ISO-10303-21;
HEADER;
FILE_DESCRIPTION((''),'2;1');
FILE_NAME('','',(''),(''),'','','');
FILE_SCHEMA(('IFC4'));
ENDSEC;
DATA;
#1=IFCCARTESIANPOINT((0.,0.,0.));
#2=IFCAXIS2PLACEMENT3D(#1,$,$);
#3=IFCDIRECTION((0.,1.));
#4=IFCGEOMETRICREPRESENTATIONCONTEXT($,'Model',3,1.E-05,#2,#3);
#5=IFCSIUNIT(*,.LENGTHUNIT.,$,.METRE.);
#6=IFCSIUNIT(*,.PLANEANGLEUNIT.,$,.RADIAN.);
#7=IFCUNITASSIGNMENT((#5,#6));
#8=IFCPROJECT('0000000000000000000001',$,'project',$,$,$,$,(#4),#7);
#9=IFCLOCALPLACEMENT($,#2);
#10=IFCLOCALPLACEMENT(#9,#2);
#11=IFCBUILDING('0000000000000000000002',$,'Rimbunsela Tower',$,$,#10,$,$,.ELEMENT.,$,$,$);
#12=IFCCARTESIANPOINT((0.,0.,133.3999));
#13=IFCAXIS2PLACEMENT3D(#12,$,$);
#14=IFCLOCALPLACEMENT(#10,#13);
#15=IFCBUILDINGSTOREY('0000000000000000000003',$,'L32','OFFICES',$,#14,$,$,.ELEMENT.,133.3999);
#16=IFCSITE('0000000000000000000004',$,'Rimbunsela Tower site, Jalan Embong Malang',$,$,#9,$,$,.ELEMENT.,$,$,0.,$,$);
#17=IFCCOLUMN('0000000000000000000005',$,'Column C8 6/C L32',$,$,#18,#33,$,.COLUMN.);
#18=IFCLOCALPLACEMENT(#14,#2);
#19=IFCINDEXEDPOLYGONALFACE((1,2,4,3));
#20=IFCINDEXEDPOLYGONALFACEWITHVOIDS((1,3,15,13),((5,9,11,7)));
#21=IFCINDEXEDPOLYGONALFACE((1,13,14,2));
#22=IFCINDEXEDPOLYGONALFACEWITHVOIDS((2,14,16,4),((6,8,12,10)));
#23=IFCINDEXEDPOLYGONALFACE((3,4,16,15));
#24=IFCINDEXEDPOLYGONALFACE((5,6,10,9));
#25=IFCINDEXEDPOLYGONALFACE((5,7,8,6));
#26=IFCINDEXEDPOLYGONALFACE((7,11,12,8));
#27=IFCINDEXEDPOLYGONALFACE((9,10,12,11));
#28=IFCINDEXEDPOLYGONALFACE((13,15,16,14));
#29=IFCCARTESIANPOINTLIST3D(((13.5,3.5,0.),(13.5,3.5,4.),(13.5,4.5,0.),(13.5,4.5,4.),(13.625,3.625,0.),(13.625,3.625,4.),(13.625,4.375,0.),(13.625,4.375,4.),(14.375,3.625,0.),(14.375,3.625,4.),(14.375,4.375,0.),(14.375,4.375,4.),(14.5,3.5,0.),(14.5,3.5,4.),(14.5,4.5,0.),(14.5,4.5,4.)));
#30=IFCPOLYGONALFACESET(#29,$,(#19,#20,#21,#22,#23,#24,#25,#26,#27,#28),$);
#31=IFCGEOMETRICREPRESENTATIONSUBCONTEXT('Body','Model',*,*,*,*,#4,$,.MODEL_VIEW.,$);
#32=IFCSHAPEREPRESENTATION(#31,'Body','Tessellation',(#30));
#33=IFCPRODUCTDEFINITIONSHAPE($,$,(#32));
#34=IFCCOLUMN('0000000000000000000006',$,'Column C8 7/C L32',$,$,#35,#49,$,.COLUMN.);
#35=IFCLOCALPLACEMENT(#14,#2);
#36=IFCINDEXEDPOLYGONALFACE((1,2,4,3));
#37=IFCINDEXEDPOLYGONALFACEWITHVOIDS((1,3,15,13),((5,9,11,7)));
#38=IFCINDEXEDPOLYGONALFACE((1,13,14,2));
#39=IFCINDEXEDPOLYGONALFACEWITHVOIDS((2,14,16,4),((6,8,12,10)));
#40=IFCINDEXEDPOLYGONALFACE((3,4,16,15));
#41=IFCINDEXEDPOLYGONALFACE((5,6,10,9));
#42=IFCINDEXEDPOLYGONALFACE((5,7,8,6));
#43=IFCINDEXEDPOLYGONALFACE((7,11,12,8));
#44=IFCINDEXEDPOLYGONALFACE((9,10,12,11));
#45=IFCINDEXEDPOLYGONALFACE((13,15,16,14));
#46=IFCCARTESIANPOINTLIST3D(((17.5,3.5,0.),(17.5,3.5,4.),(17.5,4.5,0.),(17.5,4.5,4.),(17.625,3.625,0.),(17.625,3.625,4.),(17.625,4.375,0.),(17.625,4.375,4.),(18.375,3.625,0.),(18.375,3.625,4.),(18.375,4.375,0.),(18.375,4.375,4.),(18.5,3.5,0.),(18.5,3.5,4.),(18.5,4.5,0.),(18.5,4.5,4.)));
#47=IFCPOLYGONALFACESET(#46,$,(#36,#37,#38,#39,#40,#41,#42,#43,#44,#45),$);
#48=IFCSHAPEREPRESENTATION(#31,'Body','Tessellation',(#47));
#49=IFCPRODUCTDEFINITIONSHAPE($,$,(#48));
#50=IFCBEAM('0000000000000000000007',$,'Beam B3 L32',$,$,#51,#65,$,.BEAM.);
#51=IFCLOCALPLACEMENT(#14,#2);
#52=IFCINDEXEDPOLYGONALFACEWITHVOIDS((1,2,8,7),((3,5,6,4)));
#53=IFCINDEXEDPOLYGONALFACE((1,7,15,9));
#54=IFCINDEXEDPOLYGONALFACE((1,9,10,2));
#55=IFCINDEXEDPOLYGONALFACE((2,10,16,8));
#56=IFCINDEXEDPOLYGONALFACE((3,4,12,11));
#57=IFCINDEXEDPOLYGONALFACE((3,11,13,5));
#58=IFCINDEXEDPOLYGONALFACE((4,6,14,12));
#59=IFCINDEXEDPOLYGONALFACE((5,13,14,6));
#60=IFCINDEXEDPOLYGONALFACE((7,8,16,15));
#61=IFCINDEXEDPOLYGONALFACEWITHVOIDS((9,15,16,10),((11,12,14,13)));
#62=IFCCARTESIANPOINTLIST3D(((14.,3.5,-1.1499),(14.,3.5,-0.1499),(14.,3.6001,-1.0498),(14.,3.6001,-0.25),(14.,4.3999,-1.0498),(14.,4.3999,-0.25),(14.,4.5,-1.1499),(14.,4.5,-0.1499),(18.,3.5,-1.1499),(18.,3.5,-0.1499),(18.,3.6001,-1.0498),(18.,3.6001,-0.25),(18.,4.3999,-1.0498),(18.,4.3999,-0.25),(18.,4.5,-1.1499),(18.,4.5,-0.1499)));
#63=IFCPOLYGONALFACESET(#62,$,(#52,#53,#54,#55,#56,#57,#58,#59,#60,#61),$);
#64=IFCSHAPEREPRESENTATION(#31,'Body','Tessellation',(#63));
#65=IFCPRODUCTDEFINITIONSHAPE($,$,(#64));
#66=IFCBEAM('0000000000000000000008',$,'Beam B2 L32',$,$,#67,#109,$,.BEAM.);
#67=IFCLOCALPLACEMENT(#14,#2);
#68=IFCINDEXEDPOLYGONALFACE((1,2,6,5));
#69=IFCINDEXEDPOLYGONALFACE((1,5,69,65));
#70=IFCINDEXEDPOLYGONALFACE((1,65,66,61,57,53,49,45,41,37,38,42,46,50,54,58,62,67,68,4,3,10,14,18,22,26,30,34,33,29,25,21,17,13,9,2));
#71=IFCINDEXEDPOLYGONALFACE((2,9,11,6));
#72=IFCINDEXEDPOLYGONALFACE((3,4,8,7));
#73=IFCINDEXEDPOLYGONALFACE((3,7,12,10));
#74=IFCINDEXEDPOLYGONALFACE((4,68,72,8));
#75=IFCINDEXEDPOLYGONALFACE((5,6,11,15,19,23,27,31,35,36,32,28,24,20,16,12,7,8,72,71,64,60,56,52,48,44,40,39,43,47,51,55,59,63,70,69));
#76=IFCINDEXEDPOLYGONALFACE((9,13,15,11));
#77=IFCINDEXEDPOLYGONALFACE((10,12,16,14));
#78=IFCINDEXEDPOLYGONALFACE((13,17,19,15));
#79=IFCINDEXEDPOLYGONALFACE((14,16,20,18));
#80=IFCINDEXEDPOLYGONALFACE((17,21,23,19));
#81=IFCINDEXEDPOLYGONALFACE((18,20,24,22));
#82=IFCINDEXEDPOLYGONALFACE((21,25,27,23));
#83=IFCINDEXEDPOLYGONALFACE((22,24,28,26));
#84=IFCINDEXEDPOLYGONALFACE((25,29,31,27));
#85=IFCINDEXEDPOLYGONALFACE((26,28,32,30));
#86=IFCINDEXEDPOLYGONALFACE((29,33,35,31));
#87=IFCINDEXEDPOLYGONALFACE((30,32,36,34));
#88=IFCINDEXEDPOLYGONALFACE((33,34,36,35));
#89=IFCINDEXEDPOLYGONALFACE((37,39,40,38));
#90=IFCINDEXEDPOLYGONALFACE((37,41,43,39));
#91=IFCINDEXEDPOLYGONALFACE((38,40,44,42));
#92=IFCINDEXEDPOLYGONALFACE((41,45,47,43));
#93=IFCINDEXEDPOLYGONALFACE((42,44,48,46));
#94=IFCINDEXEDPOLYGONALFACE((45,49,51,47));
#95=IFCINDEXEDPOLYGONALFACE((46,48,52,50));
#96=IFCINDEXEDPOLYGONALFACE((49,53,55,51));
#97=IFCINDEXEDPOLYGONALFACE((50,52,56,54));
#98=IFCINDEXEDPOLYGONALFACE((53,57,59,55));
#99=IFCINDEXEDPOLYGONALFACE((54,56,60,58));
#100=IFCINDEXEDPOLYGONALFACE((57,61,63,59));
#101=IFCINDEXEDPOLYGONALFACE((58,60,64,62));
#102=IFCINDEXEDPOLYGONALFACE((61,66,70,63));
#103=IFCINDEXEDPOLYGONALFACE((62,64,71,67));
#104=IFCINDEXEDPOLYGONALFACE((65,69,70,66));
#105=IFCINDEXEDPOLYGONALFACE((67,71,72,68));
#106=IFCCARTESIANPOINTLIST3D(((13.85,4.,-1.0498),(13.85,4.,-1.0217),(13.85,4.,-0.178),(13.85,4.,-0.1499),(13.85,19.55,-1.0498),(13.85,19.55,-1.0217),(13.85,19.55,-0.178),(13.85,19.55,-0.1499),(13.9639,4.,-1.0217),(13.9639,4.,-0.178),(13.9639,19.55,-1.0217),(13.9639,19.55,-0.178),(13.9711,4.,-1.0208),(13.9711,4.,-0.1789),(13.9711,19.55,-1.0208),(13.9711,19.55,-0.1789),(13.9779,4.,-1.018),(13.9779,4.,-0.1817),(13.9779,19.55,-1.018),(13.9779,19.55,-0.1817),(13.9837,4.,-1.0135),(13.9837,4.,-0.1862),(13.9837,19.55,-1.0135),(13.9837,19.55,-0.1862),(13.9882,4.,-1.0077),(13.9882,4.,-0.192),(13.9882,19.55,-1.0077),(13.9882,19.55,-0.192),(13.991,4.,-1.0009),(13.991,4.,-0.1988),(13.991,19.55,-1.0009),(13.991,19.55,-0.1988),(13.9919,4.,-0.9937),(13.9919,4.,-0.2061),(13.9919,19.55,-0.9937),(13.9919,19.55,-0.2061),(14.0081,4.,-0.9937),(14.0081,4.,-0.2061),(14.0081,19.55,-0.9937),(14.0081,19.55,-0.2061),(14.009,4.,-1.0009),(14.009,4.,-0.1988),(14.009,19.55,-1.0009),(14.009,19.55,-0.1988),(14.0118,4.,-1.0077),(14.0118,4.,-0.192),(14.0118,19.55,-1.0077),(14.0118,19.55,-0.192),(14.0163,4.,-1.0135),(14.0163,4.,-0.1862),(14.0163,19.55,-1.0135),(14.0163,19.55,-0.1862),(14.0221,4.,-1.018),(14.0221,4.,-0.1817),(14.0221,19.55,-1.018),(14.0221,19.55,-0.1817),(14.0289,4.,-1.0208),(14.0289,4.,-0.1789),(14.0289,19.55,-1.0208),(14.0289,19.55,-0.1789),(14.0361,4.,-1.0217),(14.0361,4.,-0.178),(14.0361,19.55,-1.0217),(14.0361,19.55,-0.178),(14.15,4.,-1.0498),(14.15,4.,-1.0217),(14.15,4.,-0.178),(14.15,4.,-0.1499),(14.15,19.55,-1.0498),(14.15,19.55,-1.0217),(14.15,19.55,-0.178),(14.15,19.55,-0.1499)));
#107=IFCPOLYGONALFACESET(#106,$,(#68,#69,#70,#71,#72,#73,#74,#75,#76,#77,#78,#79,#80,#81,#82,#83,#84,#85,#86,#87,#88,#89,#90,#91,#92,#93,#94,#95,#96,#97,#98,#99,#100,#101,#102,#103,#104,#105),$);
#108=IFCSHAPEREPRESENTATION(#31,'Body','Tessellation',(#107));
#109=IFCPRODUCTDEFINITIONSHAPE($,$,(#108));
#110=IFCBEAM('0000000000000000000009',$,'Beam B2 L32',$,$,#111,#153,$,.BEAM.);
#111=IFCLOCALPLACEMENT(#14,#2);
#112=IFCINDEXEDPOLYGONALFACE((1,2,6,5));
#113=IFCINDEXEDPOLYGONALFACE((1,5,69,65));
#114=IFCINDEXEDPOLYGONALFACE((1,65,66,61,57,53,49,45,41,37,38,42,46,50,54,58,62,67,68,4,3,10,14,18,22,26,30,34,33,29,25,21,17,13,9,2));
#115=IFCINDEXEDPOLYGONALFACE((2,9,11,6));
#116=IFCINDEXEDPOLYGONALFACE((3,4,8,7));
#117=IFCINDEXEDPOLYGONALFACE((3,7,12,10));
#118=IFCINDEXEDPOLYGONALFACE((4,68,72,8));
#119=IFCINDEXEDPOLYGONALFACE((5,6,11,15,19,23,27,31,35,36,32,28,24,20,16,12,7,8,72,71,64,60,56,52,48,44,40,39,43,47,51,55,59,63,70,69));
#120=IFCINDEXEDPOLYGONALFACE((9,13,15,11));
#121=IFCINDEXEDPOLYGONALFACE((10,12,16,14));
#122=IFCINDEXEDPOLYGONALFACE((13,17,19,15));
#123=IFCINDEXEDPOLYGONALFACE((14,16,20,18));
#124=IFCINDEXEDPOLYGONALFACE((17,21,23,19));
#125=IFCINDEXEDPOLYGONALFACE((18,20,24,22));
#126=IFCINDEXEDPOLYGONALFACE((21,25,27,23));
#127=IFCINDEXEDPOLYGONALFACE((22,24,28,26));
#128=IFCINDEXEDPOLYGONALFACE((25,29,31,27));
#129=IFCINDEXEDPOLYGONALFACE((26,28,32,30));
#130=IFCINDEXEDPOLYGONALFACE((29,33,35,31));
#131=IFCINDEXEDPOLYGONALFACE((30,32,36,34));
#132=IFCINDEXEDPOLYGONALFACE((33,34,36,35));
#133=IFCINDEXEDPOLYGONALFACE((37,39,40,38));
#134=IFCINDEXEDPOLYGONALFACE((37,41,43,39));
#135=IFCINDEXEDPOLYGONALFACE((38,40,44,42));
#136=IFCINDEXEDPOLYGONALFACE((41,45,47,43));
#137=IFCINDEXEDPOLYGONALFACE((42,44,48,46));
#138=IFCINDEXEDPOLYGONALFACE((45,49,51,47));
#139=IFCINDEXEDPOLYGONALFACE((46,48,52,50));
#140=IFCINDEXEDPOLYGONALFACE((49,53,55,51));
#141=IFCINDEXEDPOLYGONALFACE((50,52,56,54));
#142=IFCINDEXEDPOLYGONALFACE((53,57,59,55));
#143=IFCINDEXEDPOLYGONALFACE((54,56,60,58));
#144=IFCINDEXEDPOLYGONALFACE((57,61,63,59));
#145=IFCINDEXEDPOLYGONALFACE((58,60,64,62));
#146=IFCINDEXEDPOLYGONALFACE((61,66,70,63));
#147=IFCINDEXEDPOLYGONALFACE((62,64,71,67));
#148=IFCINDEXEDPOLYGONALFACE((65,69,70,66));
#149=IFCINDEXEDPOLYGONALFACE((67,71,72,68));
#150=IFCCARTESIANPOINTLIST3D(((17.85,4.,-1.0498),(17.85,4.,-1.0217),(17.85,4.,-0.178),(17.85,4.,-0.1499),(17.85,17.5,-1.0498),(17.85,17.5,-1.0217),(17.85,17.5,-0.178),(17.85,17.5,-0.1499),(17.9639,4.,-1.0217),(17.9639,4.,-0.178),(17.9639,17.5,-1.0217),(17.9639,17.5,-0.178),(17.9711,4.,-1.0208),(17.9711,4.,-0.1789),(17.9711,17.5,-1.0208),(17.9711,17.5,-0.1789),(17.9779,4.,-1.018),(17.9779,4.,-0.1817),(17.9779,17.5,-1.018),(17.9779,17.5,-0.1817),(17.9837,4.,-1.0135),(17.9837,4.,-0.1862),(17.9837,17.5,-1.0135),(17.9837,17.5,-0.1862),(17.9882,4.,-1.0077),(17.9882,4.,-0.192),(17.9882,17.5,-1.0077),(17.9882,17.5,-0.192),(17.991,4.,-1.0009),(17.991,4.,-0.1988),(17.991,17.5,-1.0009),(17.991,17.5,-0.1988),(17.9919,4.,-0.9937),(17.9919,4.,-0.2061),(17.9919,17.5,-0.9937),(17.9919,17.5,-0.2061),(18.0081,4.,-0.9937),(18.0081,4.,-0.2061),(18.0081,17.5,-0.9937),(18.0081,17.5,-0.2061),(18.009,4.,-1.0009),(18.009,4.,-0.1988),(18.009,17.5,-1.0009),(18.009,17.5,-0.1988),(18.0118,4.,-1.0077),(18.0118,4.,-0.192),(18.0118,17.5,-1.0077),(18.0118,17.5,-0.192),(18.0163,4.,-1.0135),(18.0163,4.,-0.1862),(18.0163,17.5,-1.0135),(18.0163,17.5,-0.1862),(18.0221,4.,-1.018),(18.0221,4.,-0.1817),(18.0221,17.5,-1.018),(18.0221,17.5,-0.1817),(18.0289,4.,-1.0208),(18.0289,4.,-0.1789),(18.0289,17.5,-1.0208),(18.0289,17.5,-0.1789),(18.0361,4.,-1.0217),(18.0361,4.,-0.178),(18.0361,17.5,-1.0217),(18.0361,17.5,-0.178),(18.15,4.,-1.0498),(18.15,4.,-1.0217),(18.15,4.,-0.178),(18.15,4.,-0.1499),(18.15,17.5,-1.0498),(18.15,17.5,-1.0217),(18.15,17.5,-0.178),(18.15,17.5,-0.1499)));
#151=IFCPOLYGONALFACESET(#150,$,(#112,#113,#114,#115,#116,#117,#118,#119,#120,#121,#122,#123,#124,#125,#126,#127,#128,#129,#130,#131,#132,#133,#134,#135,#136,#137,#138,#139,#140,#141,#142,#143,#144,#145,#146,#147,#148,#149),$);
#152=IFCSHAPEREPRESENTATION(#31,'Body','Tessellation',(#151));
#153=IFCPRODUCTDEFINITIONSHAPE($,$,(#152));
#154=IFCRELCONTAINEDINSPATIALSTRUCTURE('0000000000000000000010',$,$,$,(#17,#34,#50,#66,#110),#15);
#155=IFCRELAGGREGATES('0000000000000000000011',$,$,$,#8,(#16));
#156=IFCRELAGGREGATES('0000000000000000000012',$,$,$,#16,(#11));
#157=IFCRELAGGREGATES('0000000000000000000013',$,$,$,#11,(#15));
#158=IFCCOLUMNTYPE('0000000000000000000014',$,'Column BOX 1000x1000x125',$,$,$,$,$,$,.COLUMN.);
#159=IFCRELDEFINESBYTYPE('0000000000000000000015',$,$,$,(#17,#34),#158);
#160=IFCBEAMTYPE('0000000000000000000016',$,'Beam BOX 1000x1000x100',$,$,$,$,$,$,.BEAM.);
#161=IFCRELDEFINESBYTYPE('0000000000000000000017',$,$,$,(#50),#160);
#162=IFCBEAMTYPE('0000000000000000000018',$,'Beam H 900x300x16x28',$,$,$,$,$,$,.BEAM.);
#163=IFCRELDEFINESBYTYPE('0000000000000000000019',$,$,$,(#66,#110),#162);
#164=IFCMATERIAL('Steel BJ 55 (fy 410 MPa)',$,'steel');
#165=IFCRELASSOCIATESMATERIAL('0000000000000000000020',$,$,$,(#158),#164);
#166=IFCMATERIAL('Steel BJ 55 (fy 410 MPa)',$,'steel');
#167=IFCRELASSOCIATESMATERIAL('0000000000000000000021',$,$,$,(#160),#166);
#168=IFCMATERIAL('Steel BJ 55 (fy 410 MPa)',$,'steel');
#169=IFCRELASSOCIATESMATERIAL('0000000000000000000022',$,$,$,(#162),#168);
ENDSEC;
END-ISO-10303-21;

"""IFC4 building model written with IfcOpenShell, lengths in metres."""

from ifc_helpers import new_model, si_unit, direction, frame, origin, origin_2d, place, context, subcontext, project, spatial, hollow_rectangle, i_section, extrude, material, material_profile, profile_set, type_object, element, save


model = new_model("IFC4")

# Units and contexts
model_context = context("Model", 3, precision=1e-05, world=origin(), true_north=direction((0.0, 1.0)))
body_context = subcontext(model_context, "Body", "Model", "MODEL_VIEW")
ifc_project = project(units=[si_unit("LENGTHUNIT", "METRE"), si_unit("PLANEANGLEUNIT", "RADIAN")], contexts=[model_context])

# Site, building, storey
site_placement = place(None, origin())
site = spatial("IfcSite", under=ifc_project, at=site_placement, Name="Rimbunsela Tower site, Jalan Embong Malang", CompositionType="ELEMENT", RefElevation=0.0)
building_placement = place(site_placement, origin())
building = spatial("IfcBuilding", under=site, at=building_placement, Name="Rimbunsela Tower", CompositionType="ELEMENT")
storey_placement = place(building_placement, frame((0.0, 0.0, 133.3999)))
storey = spatial("IfcBuildingStorey", under=building, at=storey_placement, Name="L32", Description="OFFICES", CompositionType="ELEMENT", Elevation=133.3999)

# Columns
ifc_material_1 = material(Name="Steel BJ 55 (fy 410 MPa)", Category="steel")
ifc_material_profile_1 = material_profile(ifc_material_1, hollow_rectangle(XDim=1.0, YDim=1.0, WallThickness=0.125, at=origin_2d()), Name="BOX 1000x1000x125")
ifc_profile_set_1 = profile_set([ifc_material_profile_1], Name="Steel BJ 55 (fy 410 MPa)")
column_type = type_object("IfcColumnType", Name="Column BOX 1000x1000x125", PredefinedType="COLUMN", material=ifc_profile_set_1)
for number, where, z_axis, x_axis, name in (
    (1, (14.0, 4.0, 0.0), (0.0, 0.0, 1.0), (1.0, 0.0, 0.0), "Column C8 6/C L32"),
    (2, (18.0, 4.0, 0.0), (0.0, 0.0, 1.0), (1.0, 0.0, 0.0), "Column C8 7/C L32"),
):
    element("IfcColumn", number, at=place(storey_placement, frame(where, z_axis=z_axis, x_axis=x_axis)), inside=storey, type_object=column_type, Name=name, PredefinedType="COLUMN", context=body_context, shape_type="SweptSolid", body=[
        extrude(hollow_rectangle(XDim=1.0, YDim=1.0, WallThickness=0.125, at=origin_2d()), origin(), (0.0, 0.0, 1.0), 4.0),
    ])

# Beams
ifc_material_2 = material(Name="Steel BJ 55 (fy 410 MPa)", Category="steel")
ifc_material_profile_2 = material_profile(ifc_material_2, hollow_rectangle(XDim=1.0, YDim=1.0, WallThickness=0.1001, at=origin_2d()), Name="BOX 1000x1000x100")
ifc_profile_set_2 = profile_set([ifc_material_profile_2], Name="Steel BJ 55 (fy 410 MPa)")
beam_type_1 = type_object("IfcBeamType", Name="Beam BOX 1000x1000x100", PredefinedType="BEAM", material=ifc_profile_set_2)
beam_1_placement = place(storey_placement, frame((14.0, 4.0, -0.6499), z_axis=(1.0, 0.0, 0.0), x_axis=(0.0, 1.0, 0.0)))
element("IfcBeam", 3, at=beam_1_placement, inside=storey, type_object=beam_type_1, Name="Beam B3 L32", PredefinedType="BEAM", context=body_context, shape_type="SweptSolid", body=[
    extrude(hollow_rectangle(XDim=1.0, YDim=1.0, WallThickness=0.1001, at=origin_2d()), origin(), (0.0, 0.0, 1.0), 4.0),
])
ifc_material_3 = material(Name="Steel BJ 55 (fy 410 MPa)", Category="steel")
ifc_material_profile_3 = material_profile(ifc_material_3, i_section(OverallWidth=0.3, OverallDepth=0.8999, WebThickness=0.0161, FlangeThickness=0.0281, FilletRadius=0.0281, at=origin_2d()), Name="H 900x300x16x28")
ifc_profile_set_3 = profile_set([ifc_material_profile_3], Name="Steel BJ 55 (fy 410 MPa)")
beam_type_2 = type_object("IfcBeamType", Name="Beam H 900x300x16x28", PredefinedType="BEAM", material=ifc_profile_set_3)
beam_2_placement = place(storey_placement, frame((14.0, 4.0, -0.5999), z_axis=(0.0, 1.0, 0.0), x_axis=(-1.0, 0.0, 0.0)))
element("IfcBeam", 4, at=beam_2_placement, inside=storey, type_object=beam_type_2, Name="Beam B2 L32", PredefinedType="BEAM", context=body_context, shape_type="SweptSolid", body=[
    extrude(i_section(OverallWidth=0.3, OverallDepth=0.8999, WebThickness=0.0161, FlangeThickness=0.0281, FilletRadius=0.0281, at=origin_2d()), origin(), (0.0, 0.0, 1.0), 15.55),
])
beam_3_placement = place(storey_placement, frame((18.0, 4.0, -0.5999), z_axis=(0.0, 1.0, 0.0), x_axis=(-1.0, 0.0, 0.0)))
element("IfcBeam", 5, at=beam_3_placement, inside=storey, type_object=beam_type_2, Name="Beam B2 L32", PredefinedType="BEAM", context=body_context, shape_type="SweptSolid", body=[
    extrude(i_section(OverallWidth=0.3, OverallDepth=0.8999, WebThickness=0.0161, FlangeThickness=0.0281, FilletRadius=0.0281, at=origin_2d()), origin(), (0.0, 0.0, 1.0), 13.5),
])

save(model, "model.ifc")
